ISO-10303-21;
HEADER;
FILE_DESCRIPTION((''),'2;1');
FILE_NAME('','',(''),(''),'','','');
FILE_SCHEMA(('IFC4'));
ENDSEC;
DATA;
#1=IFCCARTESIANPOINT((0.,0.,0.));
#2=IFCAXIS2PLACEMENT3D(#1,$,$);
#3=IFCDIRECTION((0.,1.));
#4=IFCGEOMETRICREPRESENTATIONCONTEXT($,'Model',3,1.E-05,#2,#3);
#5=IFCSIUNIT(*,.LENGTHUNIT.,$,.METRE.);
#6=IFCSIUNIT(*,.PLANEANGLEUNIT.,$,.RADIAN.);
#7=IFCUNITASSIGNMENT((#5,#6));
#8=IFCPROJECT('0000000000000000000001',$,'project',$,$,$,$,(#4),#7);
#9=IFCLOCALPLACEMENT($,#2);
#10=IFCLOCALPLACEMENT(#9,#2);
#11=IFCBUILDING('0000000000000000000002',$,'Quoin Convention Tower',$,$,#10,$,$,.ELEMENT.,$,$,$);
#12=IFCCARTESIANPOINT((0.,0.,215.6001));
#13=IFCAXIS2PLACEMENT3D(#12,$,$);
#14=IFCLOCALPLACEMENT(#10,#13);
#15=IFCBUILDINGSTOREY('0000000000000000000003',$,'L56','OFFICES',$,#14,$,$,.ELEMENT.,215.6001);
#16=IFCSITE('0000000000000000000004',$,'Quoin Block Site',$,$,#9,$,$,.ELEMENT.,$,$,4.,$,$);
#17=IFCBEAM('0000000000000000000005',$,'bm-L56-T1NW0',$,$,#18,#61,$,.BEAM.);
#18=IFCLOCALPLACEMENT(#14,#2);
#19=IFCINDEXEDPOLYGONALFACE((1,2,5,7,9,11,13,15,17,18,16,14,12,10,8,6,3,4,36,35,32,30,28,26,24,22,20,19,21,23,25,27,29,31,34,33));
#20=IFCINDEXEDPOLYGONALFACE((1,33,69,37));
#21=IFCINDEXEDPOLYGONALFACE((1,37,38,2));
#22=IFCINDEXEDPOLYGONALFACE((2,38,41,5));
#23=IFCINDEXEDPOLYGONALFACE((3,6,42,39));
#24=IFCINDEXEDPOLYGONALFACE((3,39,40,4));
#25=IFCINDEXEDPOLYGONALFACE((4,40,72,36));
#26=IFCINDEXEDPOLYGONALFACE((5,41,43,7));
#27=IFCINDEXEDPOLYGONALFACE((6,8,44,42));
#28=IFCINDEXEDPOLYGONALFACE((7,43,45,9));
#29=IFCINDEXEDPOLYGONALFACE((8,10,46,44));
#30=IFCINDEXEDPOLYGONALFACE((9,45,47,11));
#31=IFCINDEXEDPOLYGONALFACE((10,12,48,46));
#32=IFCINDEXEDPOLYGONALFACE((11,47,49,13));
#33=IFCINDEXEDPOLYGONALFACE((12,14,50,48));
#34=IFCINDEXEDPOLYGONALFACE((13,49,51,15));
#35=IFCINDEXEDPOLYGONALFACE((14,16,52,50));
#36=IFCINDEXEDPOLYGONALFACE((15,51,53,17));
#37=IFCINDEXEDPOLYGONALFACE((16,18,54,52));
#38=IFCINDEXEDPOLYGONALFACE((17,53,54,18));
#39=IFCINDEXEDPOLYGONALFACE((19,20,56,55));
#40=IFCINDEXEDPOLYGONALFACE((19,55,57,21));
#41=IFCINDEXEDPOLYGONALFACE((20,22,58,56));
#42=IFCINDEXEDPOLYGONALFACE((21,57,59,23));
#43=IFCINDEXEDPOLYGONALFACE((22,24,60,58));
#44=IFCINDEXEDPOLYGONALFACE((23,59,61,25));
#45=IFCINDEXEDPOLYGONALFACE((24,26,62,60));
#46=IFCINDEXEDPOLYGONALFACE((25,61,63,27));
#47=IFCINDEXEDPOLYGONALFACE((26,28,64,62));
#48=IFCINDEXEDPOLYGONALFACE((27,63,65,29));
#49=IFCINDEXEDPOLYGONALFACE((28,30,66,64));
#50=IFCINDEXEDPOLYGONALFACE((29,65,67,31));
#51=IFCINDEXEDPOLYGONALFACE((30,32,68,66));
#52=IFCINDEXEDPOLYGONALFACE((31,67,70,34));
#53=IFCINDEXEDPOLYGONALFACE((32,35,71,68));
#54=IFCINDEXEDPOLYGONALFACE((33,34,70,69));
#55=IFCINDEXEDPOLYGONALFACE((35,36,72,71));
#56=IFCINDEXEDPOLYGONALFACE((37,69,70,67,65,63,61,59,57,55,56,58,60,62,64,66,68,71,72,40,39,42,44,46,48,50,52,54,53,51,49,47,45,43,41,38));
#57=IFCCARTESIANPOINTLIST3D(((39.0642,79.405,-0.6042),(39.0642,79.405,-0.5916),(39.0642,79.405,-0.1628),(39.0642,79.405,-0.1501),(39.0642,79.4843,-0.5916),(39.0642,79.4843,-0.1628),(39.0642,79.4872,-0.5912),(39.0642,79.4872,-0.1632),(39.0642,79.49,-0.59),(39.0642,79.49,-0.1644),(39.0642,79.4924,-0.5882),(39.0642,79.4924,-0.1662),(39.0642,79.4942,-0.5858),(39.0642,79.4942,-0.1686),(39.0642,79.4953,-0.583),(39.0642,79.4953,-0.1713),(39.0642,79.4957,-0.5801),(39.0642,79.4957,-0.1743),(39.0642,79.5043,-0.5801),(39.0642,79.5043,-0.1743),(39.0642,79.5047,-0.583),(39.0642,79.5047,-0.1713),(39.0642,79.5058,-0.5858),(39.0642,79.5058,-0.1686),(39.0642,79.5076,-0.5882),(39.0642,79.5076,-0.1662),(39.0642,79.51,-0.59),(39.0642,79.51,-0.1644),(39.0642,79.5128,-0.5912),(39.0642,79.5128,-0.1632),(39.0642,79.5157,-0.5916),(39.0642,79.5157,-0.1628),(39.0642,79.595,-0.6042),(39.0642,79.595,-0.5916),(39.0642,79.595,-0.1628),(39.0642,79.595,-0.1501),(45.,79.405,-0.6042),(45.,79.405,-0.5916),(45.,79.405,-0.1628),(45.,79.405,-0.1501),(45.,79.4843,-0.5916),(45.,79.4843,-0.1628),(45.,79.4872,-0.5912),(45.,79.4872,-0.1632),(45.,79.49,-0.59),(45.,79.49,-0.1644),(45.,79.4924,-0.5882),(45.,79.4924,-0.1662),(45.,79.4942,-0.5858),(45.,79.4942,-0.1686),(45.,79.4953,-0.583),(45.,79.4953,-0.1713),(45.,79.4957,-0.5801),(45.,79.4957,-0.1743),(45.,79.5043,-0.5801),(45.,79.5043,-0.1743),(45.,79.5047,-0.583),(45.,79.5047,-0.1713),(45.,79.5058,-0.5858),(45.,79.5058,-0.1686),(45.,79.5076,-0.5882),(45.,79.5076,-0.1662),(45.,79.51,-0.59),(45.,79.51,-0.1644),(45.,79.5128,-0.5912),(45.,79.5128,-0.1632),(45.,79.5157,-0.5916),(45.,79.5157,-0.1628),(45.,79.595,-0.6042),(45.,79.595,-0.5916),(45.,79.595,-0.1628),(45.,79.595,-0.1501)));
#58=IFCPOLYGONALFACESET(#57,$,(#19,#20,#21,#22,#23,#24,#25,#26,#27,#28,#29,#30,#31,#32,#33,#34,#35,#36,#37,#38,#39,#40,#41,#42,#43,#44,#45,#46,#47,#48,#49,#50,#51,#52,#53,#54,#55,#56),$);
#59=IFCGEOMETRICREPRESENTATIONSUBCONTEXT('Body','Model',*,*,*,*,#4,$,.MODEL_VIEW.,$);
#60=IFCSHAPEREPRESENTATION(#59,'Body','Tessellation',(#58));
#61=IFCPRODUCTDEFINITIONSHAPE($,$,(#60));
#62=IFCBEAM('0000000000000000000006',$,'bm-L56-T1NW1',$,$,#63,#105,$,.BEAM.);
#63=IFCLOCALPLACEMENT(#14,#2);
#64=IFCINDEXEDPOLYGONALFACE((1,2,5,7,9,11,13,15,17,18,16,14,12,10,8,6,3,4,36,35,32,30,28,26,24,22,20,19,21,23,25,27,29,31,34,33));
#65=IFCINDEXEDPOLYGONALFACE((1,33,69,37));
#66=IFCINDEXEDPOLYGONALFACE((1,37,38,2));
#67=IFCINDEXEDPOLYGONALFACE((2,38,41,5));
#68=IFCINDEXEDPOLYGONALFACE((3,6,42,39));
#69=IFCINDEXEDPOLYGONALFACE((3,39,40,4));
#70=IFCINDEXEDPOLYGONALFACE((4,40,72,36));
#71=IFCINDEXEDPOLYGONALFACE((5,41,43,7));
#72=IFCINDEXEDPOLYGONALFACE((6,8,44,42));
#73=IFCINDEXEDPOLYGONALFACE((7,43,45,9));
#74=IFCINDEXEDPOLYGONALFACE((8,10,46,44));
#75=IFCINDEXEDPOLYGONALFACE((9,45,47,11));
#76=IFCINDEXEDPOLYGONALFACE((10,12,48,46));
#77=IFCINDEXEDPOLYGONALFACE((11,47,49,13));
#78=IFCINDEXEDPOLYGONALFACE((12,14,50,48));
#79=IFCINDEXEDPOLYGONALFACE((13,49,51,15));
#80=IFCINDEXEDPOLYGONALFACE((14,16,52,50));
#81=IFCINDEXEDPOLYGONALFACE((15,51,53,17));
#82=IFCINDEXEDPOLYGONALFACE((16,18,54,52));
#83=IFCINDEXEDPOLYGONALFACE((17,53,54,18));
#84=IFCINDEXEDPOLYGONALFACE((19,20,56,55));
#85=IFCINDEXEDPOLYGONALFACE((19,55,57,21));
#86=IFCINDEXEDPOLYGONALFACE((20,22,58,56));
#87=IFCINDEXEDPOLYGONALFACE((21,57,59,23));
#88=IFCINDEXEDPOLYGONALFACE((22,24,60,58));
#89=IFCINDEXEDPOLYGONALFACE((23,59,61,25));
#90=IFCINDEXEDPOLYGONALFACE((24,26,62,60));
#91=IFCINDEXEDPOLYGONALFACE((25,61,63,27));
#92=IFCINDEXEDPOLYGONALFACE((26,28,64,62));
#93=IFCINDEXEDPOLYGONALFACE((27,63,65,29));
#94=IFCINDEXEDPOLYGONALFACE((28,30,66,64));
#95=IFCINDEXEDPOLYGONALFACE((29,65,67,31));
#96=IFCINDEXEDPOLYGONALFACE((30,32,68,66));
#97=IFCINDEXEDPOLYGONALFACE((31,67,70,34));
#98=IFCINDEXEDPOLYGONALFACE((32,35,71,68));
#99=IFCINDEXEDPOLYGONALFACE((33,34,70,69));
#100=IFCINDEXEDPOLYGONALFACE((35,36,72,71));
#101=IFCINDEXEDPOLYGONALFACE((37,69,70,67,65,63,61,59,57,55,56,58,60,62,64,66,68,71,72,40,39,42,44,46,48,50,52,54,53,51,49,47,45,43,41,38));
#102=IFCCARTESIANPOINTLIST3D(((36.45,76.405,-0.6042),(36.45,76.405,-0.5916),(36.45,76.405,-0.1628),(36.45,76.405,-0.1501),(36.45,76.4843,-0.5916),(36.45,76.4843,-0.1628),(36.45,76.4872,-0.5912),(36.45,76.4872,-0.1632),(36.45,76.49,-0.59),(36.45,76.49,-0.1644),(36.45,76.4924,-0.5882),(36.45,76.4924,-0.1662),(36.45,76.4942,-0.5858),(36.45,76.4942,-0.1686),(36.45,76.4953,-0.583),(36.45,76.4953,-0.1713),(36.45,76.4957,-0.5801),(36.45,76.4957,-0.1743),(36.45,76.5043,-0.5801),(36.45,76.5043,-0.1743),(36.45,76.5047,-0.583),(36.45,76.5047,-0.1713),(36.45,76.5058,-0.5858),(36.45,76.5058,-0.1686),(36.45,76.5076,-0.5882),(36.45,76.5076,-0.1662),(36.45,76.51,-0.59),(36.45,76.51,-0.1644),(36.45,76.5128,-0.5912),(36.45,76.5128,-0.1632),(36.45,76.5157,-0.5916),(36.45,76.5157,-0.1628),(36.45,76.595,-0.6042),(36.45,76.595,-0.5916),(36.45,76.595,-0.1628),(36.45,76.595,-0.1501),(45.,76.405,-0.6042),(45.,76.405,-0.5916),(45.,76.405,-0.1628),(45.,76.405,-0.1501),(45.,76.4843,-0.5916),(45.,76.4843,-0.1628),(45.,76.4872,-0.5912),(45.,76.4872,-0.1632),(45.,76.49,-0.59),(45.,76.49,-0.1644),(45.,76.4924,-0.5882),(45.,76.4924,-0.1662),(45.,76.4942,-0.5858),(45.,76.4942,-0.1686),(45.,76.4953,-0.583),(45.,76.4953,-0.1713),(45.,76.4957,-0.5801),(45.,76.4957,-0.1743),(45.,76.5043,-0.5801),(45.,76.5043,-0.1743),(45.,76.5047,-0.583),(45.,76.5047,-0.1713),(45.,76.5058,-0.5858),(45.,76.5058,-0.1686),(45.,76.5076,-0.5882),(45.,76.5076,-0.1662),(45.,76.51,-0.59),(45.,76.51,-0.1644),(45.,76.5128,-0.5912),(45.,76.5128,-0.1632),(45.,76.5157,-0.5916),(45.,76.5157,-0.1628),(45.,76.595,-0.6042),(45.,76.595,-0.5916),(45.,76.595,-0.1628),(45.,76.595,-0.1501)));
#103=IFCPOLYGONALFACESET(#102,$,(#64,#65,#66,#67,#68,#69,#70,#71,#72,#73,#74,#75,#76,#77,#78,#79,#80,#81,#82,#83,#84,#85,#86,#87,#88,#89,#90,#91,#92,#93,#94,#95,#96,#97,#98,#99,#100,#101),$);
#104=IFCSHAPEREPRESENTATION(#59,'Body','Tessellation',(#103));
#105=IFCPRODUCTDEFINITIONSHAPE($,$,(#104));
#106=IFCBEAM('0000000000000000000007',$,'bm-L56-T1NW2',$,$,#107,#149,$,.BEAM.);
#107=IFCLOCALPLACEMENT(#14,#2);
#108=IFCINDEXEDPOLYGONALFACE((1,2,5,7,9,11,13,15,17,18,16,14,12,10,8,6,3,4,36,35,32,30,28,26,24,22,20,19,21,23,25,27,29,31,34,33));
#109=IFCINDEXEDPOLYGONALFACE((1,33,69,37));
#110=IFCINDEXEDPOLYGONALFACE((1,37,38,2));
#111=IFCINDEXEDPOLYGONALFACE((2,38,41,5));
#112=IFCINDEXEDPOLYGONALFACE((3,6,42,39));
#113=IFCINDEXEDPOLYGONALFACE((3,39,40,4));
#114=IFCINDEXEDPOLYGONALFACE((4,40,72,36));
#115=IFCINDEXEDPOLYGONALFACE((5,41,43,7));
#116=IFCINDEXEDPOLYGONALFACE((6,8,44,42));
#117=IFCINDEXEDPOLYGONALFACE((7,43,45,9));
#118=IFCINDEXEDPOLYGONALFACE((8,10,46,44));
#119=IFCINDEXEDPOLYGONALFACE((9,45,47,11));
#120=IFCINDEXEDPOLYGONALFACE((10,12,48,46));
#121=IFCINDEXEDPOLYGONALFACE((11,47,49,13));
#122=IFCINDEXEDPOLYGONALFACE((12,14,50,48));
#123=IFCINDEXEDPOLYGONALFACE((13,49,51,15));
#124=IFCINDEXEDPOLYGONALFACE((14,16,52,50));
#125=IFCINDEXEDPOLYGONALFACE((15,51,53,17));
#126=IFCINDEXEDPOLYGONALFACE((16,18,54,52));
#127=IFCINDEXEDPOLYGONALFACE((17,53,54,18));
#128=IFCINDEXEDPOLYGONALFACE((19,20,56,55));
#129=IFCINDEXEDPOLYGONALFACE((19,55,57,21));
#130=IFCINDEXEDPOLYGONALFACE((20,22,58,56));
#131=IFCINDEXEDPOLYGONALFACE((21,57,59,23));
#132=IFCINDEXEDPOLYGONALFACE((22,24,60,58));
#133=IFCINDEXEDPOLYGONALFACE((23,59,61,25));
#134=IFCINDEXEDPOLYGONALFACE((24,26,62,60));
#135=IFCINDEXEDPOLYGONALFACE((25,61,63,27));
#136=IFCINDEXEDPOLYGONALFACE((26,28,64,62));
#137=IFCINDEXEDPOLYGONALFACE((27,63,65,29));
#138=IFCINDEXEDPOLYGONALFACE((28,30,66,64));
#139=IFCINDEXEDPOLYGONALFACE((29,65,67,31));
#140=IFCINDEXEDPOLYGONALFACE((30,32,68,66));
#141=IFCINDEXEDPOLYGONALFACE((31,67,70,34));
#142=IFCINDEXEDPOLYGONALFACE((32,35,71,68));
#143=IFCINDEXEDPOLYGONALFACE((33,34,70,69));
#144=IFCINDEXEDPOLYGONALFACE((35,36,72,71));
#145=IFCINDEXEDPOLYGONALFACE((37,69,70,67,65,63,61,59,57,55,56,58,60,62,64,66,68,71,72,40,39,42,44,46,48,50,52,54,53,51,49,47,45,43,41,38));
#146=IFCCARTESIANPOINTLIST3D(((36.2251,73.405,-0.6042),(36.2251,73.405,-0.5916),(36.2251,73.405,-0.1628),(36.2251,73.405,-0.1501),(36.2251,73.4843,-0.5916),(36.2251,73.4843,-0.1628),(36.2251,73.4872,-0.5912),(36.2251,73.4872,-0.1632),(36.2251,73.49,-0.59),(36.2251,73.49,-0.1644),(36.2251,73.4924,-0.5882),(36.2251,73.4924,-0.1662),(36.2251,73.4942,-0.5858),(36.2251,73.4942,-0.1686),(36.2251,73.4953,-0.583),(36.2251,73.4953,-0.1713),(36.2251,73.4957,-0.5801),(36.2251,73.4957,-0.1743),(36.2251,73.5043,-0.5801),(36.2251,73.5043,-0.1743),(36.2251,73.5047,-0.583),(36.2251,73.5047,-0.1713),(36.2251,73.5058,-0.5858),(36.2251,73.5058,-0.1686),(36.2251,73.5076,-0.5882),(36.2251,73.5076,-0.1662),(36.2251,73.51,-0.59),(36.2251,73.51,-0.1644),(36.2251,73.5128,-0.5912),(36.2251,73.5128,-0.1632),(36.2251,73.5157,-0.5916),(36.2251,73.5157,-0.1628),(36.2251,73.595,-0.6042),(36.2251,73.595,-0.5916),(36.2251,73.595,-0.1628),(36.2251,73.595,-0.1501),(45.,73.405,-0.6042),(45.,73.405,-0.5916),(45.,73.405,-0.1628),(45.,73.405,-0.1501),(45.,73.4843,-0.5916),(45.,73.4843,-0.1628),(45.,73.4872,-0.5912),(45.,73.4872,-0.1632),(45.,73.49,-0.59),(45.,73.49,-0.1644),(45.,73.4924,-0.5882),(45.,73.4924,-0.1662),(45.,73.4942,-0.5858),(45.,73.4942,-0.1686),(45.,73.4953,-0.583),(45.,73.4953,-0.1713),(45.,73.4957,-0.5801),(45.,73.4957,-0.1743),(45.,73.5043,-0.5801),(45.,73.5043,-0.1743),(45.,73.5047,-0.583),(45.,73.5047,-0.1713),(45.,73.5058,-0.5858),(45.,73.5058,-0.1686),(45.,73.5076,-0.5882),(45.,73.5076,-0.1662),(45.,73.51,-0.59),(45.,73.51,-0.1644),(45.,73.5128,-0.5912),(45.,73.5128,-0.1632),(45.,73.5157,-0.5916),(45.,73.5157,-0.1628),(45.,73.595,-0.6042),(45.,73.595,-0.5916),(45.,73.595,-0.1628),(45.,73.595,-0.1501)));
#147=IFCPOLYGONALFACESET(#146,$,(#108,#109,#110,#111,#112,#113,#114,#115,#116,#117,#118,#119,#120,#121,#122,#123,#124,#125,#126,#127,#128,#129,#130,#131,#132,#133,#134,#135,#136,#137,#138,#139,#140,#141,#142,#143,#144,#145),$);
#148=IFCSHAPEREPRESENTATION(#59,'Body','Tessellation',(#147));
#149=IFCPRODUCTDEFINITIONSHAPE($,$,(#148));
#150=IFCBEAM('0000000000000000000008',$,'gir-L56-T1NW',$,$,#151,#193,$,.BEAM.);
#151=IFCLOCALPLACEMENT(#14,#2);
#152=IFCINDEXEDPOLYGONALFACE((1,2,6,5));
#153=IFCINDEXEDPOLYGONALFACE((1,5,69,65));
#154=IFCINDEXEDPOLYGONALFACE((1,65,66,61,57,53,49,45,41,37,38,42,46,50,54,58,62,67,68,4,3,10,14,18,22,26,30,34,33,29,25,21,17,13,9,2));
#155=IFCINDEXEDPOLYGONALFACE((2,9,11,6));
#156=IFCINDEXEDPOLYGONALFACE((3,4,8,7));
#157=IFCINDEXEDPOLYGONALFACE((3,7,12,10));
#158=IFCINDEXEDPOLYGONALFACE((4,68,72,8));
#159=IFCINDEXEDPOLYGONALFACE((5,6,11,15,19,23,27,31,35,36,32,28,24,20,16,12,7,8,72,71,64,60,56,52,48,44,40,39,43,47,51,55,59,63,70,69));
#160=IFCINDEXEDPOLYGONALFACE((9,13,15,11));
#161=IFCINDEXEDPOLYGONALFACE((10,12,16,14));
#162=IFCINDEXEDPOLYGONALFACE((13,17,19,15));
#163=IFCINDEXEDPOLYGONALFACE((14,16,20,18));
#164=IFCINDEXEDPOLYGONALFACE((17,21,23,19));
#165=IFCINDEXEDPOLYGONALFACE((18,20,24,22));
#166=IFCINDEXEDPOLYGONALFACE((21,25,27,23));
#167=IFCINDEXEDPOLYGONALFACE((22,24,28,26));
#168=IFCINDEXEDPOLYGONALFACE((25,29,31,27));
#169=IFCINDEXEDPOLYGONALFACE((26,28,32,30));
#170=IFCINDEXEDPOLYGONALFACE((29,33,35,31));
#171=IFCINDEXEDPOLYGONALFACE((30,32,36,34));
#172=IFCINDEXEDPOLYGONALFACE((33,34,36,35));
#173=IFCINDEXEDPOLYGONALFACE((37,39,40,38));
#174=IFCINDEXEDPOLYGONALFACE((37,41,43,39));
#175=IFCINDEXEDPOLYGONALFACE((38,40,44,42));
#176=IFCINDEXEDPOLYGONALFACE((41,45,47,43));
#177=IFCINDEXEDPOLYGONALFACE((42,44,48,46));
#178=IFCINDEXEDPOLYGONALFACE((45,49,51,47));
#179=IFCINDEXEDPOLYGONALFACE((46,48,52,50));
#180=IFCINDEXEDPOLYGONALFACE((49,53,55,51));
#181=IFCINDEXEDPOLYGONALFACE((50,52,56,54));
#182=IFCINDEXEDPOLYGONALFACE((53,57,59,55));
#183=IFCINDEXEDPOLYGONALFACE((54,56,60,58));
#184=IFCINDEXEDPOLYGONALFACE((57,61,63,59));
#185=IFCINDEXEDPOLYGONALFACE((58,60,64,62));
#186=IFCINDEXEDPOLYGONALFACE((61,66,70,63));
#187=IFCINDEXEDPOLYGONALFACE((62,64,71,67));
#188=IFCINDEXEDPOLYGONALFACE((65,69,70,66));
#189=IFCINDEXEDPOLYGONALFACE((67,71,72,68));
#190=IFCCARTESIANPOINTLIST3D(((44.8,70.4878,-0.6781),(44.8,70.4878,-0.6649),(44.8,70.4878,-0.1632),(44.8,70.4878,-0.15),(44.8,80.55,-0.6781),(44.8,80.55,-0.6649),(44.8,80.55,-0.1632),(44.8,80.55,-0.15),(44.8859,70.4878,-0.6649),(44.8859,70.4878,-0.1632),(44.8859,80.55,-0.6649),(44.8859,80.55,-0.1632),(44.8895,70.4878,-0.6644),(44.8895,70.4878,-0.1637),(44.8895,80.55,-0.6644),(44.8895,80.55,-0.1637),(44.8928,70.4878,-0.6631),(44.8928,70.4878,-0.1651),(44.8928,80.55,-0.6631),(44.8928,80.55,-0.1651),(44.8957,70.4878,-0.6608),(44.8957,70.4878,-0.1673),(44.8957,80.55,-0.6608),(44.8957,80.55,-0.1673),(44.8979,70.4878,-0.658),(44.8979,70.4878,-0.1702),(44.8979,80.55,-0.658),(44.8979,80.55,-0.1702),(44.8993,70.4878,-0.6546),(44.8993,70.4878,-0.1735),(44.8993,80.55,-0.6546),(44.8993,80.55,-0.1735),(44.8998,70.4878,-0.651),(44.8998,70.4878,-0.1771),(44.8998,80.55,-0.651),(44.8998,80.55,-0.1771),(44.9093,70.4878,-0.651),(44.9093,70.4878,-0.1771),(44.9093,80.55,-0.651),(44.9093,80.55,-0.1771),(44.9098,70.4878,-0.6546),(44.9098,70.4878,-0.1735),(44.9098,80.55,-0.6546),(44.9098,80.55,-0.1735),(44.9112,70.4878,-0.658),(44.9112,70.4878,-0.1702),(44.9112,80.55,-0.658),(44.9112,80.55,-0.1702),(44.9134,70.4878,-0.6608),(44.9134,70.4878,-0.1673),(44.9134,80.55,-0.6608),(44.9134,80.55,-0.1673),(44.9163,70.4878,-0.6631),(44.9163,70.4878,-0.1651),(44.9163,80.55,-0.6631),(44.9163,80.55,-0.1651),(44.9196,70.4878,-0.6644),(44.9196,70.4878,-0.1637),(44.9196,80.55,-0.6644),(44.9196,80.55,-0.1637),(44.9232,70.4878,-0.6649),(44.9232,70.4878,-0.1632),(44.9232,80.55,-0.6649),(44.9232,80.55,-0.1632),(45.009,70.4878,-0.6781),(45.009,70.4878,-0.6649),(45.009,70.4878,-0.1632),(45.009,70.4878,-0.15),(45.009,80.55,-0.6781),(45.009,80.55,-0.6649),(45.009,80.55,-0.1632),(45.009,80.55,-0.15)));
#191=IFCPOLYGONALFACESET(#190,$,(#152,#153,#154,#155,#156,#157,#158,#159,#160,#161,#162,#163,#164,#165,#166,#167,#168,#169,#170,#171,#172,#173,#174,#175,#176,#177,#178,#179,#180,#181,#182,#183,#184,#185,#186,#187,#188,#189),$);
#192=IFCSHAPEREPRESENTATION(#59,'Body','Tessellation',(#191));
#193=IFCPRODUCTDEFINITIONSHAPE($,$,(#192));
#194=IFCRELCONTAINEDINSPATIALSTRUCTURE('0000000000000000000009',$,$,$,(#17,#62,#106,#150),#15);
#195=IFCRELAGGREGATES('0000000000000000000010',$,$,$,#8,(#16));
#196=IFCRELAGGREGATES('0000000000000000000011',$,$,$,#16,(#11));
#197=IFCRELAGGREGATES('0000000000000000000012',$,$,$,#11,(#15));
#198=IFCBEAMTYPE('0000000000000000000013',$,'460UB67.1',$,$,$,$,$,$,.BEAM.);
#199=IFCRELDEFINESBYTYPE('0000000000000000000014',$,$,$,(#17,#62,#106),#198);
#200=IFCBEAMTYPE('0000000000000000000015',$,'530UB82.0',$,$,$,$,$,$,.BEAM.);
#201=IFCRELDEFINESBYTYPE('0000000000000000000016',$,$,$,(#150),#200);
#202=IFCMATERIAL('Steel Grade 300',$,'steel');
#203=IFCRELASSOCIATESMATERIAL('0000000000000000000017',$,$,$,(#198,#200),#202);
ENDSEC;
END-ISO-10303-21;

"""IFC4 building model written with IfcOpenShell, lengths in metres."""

from ifc_helpers import new_model, si_unit, direction, frame, origin, origin_2d, place, context, subcontext, project, spatial, i_section, extrude, material, material_profile, profile_set, type_object, element, save


model = new_model("IFC4")

# Units and contexts
model_context = context("Model", 3, precision=1e-05, world=origin(), true_north=direction((0.0, 1.0)))
body_context = subcontext(model_context, "Body", "Model", "MODEL_VIEW")
ifc_project = project(units=[si_unit("LENGTHUNIT", "METRE"), si_unit("PLANEANGLEUNIT", "RADIAN")], contexts=[model_context])

# Site, building, storey
site_placement = place(None, origin())
site = spatial("IfcSite", under=ifc_project, at=site_placement, Name="Quoin Block Site", CompositionType="ELEMENT", RefElevation=4.0)
building_placement = place(site_placement, origin())
building = spatial("IfcBuilding", under=site, at=building_placement, Name="Quoin Convention Tower", CompositionType="ELEMENT")
storey_placement = place(building_placement, frame((0.0, 0.0, 215.6001)))
storey = spatial("IfcBuildingStorey", under=building, at=storey_placement, Name="L56", Description="OFFICES", CompositionType="ELEMENT", Elevation=215.6001)

# Beams
ifc_material_1 = material(Name="Steel Grade 300", Category="steel")
ifc_material_profile_1 = material_profile(ifc_material_1, i_section(OverallWidth=0.1899, OverallDepth=0.4541, WebThickness=0.0085, FlangeThickness=0.0127, FilletRadius=0.0115, at=origin_2d()), Name="460UB67.1")
ifc_profile_set_1 = profile_set([ifc_material_profile_1], Name="Steel Grade 300")
beam_type_1 = type_object("IfcBeamType", Name="460UB67.1", PredefinedType="BEAM", material=ifc_profile_set_1)
beam_1_placement = place(storey_placement, frame((39.0642, 79.5, -0.3772), z_axis=(1.0, 0.0, 0.0), x_axis=(0.0, 1.0, 0.0)))
element("IfcBeam", 1, at=beam_1_placement, inside=storey, type_object=beam_type_1, Name="bm-L56-T1NW0", PredefinedType="BEAM", context=body_context, shape_type="SweptSolid", body=[
    extrude(i_section(OverallWidth=0.1899, OverallDepth=0.4541, WebThickness=0.0085, FlangeThickness=0.0127, FilletRadius=0.0115, at=origin_2d()), origin(), (0.0, 0.0, 1.0), 5.9358),
])
beam_2_placement = place(storey_placement, frame((36.45, 76.5, -0.3772), z_axis=(1.0, 0.0, 0.0), x_axis=(0.0, 1.0, 0.0)))
element("IfcBeam", 2, at=beam_2_placement, inside=storey, type_object=beam_type_1, Name="bm-L56-T1NW1", PredefinedType="BEAM", context=body_context, shape_type="SweptSolid", body=[
    extrude(i_section(OverallWidth=0.1899, OverallDepth=0.4541, WebThickness=0.0085, FlangeThickness=0.0127, FilletRadius=0.0115, at=origin_2d()), origin(), (0.0, 0.0, 1.0), 8.55),
])
beam_3_placement = place(storey_placement, frame((36.2251, 73.5, -0.3772), z_axis=(1.0, 0.0, 0.0), x_axis=(0.0, 1.0, 0.0)))
element("IfcBeam", 3, at=beam_3_placement, inside=storey, type_object=beam_type_1, Name="bm-L56-T1NW2", PredefinedType="BEAM", context=body_context, shape_type="SweptSolid", body=[
    extrude(i_section(OverallWidth=0.1899, OverallDepth=0.4541, WebThickness=0.0085, FlangeThickness=0.0127, FilletRadius=0.0115, at=origin_2d()), origin(), (0.0, 0.0, 1.0), 8.7749),
])
ifc_material_profile_2 = material_profile(ifc_material_1, i_section(OverallWidth=0.209, OverallDepth=0.5281, WebThickness=0.0095, FlangeThickness=0.0132, FilletRadius=0.0139, at=origin_2d()), Name="530UB82.0")
ifc_profile_set_2 = profile_set([ifc_material_profile_2], Name="Steel Grade 300")
beam_type_2 = type_object("IfcBeamType", Name="530UB82.0", PredefinedType="BEAM", material=ifc_profile_set_2)
beam_4_placement = place(storey_placement, frame((44.9045, 80.55, -0.4141), z_axis=(0.0, -1.0, 0.0), x_axis=(1.0, 0.0, 0.0)))
element("IfcBeam", 4, at=beam_4_placement, inside=storey, type_object=beam_type_2, Name="gir-L56-T1NW", PredefinedType="BEAM", context=body_context, shape_type="SweptSolid", body=[
    extrude(i_section(OverallWidth=0.209, OverallDepth=0.5281, WebThickness=0.0095, FlangeThickness=0.0132, FilletRadius=0.0139, at=origin_2d()), origin(), (0.0, 0.0, 1.0), 10.0623),
])

save(model, "model.ifc")
